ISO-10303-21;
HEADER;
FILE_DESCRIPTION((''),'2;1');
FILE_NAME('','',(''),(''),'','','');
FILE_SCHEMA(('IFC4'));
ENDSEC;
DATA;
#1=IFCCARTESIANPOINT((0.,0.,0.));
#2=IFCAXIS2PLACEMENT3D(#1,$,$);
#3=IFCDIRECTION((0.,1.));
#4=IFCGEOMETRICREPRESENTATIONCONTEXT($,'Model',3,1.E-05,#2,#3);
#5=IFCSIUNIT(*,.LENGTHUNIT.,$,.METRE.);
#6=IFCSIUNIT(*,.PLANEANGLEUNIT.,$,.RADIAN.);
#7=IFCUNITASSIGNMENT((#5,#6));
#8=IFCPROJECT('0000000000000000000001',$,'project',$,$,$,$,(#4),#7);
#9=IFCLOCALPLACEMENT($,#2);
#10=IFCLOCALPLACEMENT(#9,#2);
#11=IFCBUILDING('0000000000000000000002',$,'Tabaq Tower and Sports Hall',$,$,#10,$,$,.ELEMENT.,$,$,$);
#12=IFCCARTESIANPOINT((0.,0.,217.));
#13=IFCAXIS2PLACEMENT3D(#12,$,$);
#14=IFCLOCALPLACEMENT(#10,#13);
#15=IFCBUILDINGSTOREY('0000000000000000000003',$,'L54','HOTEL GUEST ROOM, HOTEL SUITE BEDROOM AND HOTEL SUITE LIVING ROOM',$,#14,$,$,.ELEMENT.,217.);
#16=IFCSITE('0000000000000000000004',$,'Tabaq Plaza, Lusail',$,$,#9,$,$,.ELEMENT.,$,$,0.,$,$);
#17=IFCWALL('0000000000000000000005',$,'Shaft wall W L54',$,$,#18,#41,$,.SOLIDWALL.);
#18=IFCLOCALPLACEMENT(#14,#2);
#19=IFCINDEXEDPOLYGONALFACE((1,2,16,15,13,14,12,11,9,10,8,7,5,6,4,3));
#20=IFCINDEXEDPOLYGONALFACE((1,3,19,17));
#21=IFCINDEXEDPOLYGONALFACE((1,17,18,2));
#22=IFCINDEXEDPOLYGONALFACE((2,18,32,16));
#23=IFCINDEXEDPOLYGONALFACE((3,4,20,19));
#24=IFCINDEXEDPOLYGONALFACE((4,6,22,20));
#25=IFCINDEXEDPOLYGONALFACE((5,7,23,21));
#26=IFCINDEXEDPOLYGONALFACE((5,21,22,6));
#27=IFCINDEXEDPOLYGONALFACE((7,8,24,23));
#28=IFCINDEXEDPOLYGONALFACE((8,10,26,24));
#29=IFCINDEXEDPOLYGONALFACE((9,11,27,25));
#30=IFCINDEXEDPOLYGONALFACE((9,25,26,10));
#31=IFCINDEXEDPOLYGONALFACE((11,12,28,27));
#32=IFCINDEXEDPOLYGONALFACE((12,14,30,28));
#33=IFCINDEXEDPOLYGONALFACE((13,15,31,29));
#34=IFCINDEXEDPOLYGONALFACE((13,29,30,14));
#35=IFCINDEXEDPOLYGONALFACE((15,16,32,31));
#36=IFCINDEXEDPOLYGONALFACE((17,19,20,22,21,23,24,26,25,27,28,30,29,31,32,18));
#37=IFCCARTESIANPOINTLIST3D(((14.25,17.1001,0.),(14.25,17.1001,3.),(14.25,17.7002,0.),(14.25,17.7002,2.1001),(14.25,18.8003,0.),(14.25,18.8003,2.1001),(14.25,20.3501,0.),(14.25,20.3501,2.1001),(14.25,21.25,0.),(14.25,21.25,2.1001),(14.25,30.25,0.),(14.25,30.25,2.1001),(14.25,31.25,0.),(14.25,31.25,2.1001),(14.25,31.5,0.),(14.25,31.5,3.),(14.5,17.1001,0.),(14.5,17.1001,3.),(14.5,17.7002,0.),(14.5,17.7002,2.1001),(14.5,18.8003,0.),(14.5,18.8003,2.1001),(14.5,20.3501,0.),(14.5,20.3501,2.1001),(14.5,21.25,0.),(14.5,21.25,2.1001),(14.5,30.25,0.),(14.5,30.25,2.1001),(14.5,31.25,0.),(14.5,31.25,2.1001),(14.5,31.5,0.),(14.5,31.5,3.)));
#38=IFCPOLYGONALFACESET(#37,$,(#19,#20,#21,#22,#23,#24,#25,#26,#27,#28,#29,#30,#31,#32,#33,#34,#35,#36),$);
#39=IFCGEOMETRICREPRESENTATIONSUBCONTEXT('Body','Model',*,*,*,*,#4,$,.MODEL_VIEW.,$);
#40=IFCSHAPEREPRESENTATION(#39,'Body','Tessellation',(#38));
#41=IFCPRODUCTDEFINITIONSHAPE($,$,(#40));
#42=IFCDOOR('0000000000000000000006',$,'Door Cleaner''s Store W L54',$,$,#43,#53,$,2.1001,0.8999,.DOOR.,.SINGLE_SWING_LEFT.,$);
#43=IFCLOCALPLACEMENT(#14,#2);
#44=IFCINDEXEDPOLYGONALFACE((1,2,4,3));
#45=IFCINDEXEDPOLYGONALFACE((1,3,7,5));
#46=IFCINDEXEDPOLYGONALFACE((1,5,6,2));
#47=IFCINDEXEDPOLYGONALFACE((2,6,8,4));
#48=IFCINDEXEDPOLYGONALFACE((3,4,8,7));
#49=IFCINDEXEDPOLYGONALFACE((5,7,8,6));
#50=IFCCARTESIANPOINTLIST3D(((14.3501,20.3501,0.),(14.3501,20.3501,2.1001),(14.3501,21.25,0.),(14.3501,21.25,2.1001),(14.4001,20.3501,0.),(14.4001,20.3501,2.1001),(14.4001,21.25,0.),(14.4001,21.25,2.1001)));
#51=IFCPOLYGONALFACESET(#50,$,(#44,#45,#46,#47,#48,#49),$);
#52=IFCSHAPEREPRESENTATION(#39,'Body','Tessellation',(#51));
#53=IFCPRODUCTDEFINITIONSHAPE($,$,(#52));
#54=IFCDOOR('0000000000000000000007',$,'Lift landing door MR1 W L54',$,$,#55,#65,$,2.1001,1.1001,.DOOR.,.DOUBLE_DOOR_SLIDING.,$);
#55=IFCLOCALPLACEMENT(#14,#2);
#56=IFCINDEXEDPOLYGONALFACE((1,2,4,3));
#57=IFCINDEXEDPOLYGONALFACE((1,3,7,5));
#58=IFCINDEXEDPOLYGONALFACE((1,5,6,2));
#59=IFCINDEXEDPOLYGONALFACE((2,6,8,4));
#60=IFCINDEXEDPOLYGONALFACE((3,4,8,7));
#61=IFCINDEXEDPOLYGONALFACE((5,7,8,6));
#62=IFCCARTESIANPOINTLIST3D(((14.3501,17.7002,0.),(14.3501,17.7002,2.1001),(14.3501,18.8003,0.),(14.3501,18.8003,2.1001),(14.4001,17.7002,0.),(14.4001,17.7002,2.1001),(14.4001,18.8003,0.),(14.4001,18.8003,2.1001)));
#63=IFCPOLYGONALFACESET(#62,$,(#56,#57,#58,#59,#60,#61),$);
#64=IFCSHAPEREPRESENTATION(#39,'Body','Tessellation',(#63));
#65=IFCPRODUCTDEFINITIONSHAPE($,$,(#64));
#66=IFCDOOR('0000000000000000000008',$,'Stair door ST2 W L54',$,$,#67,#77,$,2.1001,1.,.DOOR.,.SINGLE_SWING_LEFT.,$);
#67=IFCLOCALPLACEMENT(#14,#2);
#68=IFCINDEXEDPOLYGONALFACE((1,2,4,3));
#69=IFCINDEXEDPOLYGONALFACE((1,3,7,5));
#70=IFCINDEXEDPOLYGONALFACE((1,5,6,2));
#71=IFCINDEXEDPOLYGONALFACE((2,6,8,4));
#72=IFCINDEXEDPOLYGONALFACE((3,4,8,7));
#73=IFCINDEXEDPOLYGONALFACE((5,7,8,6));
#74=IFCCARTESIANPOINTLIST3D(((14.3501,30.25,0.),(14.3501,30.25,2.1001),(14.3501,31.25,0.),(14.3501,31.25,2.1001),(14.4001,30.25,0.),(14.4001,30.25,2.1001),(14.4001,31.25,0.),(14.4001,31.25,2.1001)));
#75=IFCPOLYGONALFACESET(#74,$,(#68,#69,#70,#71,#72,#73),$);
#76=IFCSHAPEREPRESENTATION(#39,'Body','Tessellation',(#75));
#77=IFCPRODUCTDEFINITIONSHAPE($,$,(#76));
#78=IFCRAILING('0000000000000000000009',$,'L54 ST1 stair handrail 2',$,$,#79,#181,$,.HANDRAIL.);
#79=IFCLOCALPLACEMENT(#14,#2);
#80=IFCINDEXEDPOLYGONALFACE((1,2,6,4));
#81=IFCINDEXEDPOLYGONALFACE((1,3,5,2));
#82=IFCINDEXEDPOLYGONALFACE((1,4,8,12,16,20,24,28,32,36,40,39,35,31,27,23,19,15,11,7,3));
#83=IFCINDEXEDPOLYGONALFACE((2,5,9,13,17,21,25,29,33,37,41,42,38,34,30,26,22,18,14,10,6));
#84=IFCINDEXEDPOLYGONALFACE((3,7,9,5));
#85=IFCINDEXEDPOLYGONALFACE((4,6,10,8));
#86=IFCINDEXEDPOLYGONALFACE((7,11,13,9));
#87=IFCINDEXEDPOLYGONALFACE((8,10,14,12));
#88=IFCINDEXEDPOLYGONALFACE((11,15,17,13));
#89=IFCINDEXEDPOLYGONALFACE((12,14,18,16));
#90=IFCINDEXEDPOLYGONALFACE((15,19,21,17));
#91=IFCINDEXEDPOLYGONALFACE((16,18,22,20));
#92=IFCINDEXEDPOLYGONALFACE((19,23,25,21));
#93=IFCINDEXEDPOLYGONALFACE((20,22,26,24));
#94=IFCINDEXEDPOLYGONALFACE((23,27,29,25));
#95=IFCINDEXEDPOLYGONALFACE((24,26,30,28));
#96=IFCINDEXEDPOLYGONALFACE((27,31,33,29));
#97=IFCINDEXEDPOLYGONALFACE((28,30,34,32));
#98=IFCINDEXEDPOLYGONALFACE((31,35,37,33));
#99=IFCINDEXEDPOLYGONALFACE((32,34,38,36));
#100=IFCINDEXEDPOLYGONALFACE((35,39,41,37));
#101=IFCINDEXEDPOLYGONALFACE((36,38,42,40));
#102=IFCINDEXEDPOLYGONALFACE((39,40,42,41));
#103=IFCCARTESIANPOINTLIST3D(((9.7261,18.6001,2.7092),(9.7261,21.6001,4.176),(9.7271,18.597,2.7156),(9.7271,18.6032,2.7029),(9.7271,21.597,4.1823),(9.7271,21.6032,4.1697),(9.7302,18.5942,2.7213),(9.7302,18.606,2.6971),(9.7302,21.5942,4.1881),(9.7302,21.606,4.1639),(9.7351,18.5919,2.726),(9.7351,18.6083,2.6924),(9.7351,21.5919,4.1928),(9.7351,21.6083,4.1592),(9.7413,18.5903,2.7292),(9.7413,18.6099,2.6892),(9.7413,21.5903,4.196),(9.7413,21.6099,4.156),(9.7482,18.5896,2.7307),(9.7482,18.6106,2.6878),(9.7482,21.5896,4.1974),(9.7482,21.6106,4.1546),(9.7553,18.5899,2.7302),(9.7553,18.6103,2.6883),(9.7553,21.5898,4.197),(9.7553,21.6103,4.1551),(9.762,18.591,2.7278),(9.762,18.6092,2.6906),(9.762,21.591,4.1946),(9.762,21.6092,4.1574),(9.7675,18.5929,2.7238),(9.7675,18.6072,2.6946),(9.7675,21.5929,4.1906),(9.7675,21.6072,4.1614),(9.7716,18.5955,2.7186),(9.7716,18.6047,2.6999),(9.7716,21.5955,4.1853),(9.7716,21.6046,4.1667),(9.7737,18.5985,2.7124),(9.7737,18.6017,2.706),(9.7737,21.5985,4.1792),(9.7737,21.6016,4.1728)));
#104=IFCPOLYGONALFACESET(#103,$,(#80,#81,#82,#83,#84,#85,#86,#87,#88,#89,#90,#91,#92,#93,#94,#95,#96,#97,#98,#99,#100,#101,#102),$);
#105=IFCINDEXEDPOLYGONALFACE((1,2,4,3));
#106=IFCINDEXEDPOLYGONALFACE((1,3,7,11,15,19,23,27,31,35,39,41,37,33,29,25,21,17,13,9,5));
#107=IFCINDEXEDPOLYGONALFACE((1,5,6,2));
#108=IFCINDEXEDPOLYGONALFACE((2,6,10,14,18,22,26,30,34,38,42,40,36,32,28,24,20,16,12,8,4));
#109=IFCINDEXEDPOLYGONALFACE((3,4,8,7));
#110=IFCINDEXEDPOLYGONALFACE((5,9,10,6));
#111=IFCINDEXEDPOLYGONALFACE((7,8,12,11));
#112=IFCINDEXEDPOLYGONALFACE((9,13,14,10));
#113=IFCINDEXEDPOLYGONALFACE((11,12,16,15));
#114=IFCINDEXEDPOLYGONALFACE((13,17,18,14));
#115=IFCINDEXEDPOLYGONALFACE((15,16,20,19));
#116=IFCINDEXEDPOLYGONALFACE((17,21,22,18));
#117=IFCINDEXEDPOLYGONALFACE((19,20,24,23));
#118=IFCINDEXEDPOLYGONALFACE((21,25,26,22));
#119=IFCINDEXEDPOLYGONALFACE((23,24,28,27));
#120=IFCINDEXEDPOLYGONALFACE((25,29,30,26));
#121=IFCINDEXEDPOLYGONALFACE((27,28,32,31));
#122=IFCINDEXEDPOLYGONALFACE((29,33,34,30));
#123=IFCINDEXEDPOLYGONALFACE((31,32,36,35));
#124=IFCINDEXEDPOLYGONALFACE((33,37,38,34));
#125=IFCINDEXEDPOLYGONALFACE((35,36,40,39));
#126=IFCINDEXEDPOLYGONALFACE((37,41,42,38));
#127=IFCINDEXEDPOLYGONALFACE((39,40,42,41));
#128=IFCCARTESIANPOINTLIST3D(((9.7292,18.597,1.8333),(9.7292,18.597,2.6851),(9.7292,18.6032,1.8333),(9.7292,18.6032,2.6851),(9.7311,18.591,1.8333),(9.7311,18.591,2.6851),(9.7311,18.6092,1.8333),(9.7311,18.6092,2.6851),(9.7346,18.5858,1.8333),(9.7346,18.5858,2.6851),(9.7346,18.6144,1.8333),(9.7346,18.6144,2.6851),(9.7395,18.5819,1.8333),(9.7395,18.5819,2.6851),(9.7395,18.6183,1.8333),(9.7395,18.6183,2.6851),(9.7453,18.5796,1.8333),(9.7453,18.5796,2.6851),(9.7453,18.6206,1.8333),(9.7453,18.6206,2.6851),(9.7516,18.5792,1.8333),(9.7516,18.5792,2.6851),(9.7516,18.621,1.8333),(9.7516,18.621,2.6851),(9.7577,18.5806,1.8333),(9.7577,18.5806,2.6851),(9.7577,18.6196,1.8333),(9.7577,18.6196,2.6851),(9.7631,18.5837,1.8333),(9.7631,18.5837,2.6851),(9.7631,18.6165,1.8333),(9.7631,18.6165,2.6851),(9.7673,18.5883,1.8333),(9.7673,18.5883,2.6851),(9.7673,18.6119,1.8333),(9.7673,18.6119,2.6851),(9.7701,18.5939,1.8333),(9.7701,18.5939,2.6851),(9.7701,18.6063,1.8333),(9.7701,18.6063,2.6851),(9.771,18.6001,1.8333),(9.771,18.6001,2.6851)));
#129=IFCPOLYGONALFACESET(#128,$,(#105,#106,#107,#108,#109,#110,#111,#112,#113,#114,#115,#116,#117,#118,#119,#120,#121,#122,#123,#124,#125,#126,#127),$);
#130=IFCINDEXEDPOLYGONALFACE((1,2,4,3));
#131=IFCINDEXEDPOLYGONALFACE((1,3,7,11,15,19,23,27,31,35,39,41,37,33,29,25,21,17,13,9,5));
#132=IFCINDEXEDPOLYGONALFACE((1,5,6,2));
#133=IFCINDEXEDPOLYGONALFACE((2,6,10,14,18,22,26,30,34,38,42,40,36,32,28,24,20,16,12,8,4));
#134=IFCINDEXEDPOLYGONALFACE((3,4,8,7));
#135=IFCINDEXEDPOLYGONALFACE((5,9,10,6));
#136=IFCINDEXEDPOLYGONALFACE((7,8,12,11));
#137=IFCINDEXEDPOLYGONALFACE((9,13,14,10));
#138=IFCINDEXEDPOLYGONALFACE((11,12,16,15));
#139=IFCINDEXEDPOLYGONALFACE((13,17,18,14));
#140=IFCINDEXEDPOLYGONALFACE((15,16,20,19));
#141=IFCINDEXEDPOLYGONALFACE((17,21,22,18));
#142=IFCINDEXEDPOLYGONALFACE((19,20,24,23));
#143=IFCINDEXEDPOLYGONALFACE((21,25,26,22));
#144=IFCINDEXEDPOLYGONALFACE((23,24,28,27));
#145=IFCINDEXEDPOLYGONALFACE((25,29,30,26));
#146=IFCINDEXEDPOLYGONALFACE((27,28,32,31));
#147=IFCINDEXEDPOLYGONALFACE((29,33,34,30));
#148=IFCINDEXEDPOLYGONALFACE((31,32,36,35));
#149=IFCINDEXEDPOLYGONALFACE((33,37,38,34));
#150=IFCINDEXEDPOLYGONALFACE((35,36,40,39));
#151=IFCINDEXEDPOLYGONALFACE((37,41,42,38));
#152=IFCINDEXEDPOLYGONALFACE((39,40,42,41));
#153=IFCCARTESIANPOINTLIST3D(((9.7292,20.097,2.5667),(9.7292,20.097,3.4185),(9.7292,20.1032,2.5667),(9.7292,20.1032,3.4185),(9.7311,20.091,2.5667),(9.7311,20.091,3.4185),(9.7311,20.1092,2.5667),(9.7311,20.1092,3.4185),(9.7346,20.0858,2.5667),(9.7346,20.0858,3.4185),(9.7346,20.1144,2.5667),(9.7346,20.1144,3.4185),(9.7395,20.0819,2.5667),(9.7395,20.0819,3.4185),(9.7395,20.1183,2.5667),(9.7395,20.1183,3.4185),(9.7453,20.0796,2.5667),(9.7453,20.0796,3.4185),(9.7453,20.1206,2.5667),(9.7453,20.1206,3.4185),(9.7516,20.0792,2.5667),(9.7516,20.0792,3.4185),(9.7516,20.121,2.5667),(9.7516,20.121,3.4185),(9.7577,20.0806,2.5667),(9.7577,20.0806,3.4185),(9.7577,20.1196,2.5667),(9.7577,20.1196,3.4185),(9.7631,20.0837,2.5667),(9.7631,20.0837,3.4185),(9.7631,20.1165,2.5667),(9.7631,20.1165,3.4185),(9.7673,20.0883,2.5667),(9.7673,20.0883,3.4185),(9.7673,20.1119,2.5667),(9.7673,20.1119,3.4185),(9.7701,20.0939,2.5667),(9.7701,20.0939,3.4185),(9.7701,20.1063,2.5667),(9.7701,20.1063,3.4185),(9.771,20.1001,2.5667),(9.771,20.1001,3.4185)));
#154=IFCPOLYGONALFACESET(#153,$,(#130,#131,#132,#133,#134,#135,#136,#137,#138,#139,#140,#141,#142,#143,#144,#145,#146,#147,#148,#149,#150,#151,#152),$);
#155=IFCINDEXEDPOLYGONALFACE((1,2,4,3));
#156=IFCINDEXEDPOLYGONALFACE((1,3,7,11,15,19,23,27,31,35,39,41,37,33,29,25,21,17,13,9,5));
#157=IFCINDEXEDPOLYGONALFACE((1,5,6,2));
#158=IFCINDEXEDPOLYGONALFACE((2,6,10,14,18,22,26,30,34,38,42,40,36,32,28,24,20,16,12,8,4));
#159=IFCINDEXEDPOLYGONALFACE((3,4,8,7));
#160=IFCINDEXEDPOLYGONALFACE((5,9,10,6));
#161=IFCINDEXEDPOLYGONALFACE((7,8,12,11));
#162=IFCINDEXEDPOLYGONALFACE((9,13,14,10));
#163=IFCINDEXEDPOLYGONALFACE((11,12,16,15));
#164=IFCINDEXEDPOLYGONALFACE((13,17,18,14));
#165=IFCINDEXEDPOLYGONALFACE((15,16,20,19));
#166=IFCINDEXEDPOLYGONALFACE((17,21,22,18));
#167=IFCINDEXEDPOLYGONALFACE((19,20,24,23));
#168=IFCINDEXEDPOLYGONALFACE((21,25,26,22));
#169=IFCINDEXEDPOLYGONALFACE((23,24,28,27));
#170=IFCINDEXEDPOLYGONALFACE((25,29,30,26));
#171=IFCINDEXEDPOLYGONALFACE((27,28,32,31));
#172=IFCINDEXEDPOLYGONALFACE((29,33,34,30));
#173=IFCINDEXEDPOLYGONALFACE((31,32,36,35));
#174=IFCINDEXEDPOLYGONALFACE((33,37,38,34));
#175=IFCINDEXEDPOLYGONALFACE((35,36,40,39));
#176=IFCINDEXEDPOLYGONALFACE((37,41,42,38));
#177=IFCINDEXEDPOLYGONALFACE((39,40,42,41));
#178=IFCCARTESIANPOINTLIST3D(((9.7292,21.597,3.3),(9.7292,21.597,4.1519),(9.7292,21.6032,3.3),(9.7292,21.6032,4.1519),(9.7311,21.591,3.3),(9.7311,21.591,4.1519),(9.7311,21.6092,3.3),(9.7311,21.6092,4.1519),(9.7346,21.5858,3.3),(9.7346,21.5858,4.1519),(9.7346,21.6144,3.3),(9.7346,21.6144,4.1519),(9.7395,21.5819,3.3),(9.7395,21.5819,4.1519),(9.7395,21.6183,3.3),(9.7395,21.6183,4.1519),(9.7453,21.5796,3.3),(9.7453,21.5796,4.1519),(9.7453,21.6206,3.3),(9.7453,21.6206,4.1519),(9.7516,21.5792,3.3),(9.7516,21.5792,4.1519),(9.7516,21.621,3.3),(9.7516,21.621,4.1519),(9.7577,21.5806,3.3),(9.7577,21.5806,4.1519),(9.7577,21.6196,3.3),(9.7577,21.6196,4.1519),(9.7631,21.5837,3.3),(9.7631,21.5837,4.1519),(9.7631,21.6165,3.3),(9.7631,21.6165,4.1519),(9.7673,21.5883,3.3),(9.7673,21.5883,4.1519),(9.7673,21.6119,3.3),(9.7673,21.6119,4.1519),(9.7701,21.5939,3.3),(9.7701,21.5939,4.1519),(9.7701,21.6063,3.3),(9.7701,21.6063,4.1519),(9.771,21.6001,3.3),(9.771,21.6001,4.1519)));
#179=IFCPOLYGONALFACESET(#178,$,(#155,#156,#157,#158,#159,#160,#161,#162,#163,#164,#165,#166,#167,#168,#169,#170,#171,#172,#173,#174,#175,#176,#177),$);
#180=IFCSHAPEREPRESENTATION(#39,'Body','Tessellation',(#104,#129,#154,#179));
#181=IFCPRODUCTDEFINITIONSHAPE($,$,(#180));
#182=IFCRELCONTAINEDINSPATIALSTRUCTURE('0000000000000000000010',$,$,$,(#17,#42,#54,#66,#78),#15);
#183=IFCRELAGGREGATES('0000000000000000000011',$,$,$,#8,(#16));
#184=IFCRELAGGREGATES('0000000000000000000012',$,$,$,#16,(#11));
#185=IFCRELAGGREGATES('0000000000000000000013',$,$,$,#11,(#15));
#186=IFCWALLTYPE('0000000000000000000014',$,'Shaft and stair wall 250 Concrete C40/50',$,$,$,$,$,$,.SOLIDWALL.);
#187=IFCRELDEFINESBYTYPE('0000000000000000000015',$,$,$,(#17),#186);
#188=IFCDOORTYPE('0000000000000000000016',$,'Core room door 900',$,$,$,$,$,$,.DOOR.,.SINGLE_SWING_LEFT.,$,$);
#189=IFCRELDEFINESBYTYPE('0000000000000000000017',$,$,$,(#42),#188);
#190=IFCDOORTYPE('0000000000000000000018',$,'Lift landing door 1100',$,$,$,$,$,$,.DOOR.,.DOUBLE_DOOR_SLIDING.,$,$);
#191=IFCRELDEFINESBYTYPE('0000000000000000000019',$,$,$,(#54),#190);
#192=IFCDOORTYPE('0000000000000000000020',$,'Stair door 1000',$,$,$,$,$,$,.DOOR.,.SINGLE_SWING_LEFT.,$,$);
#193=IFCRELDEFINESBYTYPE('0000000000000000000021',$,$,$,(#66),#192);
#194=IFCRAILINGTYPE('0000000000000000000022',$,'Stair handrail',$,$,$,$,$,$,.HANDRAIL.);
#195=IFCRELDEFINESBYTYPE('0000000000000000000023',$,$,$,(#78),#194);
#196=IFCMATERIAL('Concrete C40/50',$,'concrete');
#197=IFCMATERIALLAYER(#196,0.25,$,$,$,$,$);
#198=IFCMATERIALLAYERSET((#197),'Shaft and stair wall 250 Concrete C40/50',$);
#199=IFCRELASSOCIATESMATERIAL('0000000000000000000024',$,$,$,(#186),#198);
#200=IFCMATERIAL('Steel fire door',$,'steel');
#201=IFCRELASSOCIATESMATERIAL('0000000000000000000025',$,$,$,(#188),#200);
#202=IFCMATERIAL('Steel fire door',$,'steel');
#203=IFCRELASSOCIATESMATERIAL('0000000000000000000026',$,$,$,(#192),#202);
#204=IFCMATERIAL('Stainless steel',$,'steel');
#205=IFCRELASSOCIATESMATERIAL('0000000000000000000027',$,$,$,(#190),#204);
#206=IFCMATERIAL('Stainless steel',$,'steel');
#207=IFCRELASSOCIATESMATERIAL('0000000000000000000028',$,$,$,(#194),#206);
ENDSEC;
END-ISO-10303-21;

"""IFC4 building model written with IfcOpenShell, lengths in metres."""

from ifc_helpers import new_model, si_unit, direction, frame, frame_2d, origin, origin_2d, place, context, subcontext, project, spatial, rectangle, circle, extrude, material, layer, layer_set, type_object, element, fill, save


model = new_model("IFC4")

# Units and contexts
model_context = context("Model", 3, precision=1e-05, world=origin(), true_north=direction((0.0, 1.0)))
body_context = subcontext(model_context, "Body", "Model", "MODEL_VIEW")
ifc_project = project(units=[si_unit("LENGTHUNIT", "METRE"), si_unit("PLANEANGLEUNIT", "RADIAN")], contexts=[model_context])

# Site, building, storey
site_placement = place(None, origin())
site = spatial("IfcSite", under=ifc_project, at=site_placement, Name="Tabaq Plaza, Lusail", CompositionType="ELEMENT", RefElevation=0.0)
building_placement = place(site_placement, origin())
building = spatial("IfcBuilding", under=site, at=building_placement, Name="Tabaq Tower and Sports Hall", CompositionType="ELEMENT")
storey_placement = place(building_placement, frame((0.0, 0.0, 217.0)))
storey = spatial("IfcBuildingStorey", under=building, at=storey_placement, Name="L54", Description="HOTEL GUEST ROOM, HOTEL SUITE BEDROOM AND HOTEL SUITE LIVING ROOM", CompositionType="ELEMENT", Elevation=217.0)

# Wall, openings, doors
ifc_material_1 = material(Name="Concrete C40/50", Category="concrete")
ifc_layer_1 = layer(ifc_material_1, 0.25)
ifc_layer_set_1 = layer_set([ifc_layer_1], Name="Shaft and stair wall 250 Concrete C40/50")
wall_type_1 = type_object("IfcWallType", Name="Shaft and stair wall 250 Concrete C40/50", PredefinedType="SOLIDWALL", material=ifc_layer_set_1)
ifc_material_2 = material(Name="Steel fire door", Category="steel")
door_type_1 = type_object("IfcDoorType", Name="Core room door 900", OperationType="SINGLE_SWING_LEFT", PredefinedType="DOOR", material=ifc_material_2)
ifc_material_3 = material(Name="Steel fire door", Category="steel")
door_type_2 = type_object("IfcDoorType", Name="Stair door 1000", OperationType="SINGLE_SWING_LEFT", PredefinedType="DOOR", material=ifc_material_3)
wall_1_placement = place(storey_placement, frame((14.375, 17.1001, 0.0), z_axis=(0.0, 0.0, 1.0), x_axis=(0.0, 1.0, 0.0)))
wall_1 = element("IfcWall", 1, at=wall_1_placement, inside=storey, type_object=wall_type_1, Name="Shaft wall W L54", PredefinedType="SOLIDWALL", context=body_context, shape_type="SweptSolid", body=[
    extrude(rectangle(XDim=14.3999, YDim=0.25, at=frame_2d((7.2, 0.0))), origin(), (0.0, 0.0, 1.0), 3.0),
])
opening_1_placement = place(wall_1_placement, frame((13.1499, 0.0, 0.0)))
opening_1 = element("IfcOpeningElement", 2, at=opening_1_placement, cuts=wall_1, PredefinedType="OPENING", context=body_context, shape_type="SweptSolid", body=[
    extrude(rectangle(XDim=1.0, YDim=2.1001, at=frame_2d((0.5, 1.05))), frame((0.0, 0.125, 0.0), z_axis=(0.0, -1.0, 0.0), x_axis=(1.0, 0.0, 0.0)), (0.0, 0.0, 1.0), 0.25),
])
opening_2_placement = place(wall_1_placement, frame((0.6001, 0.0, 0.0)))
opening_2 = element("IfcOpeningElement", 3, at=opening_2_placement, cuts=wall_1, PredefinedType="OPENING", context=body_context, shape_type="SweptSolid", body=[
    extrude(rectangle(XDim=1.1001, YDim=2.1001, at=frame_2d((0.55, 1.05))), frame((0.0, 0.125, 0.0), z_axis=(0.0, -1.0, 0.0), x_axis=(1.0, 0.0, 0.0)), (0.0, 0.0, 1.0), 0.25),
])
opening_3_placement = place(wall_1_placement, frame((3.25, 0.0, 0.0)))
opening_3 = element("IfcOpeningElement", 4, at=opening_3_placement, cuts=wall_1, PredefinedType="OPENING", context=body_context, shape_type="SweptSolid", body=[
    extrude(rectangle(XDim=0.8999, YDim=2.1001, at=frame_2d((0.45, 1.05))), frame((0.0, 0.125, 0.0), z_axis=(0.0, -1.0, 0.0), x_axis=(1.0, 0.0, 0.0)), (0.0, 0.0, 1.0), 0.25),
])
door_1_placement = place(opening_3_placement, origin())
door_1 = element("IfcDoor", 5, at=door_1_placement, inside=storey, type_object=door_type_1, Name="Door Cleaner's Store W L54", OperationType="SINGLE_SWING_LEFT", OverallHeight=2.1001, OverallWidth=0.8999, PredefinedType="DOOR", context=body_context, shape_type="SweptSolid", body=[
    extrude(rectangle(XDim=0.8999, YDim=2.1001, at=frame_2d((0.45, 1.05))), frame((0.0, 0.0249, 0.0), z_axis=(0.0, -1.0, 0.0), x_axis=(1.0, 0.0, 0.0)), (0.0, 0.0, 1.0), 0.05),
])
fill(opening_3, door_1)
ifc_material_4 = material(Name="Stainless steel", Category="steel")
door_type_3 = type_object("IfcDoorType", Name="Lift landing door 1100", OperationType="DOUBLE_DOOR_SLIDING", PredefinedType="DOOR", material=ifc_material_4)
door_2_placement = place(opening_2_placement, origin())
door_2 = element("IfcDoor", 6, at=door_2_placement, inside=storey, type_object=door_type_3, Name="Lift landing door MR1 W L54", OperationType="DOUBLE_DOOR_SLIDING", OverallHeight=2.1001, OverallWidth=1.1001, PredefinedType="DOOR", context=body_context, shape_type="SweptSolid", body=[
    extrude(rectangle(XDim=1.1001, YDim=2.1001, at=frame_2d((0.55, 1.05))), frame((0.0, 0.0249, 0.0), z_axis=(0.0, -1.0, 0.0), x_axis=(1.0, 0.0, 0.0)), (0.0, 0.0, 1.0), 0.05),
])
fill(opening_2, door_2)
door_3_placement = place(opening_1_placement, origin())
door_3 = element("IfcDoor", 7, at=door_3_placement, inside=storey, type_object=door_type_2, Name="Stair door ST2 W L54", OperationType="SINGLE_SWING_LEFT", OverallHeight=2.1001, OverallWidth=1.0, PredefinedType="DOOR", context=body_context, shape_type="SweptSolid", body=[
    extrude(rectangle(XDim=1.0, YDim=2.1001, at=frame_2d((0.5, 1.05))), frame((0.0, 0.0249, 0.0), z_axis=(0.0, -1.0, 0.0), x_axis=(1.0, 0.0, 0.0)), (0.0, 0.0, 1.0), 0.05),
])
fill(opening_1, door_3)

# Railing
ifc_material_5 = material(Name="Stainless steel", Category="steel")
railing_type = type_object("IfcRailingType", Name="Stair handrail", PredefinedType="HANDRAIL", material=ifc_material_5)
railing_placement = place(storey_placement, frame((9.75, 18.6001, 1.8333)))
element("IfcRailing", 8, at=railing_placement, inside=storey, type_object=railing_type, Name="L54 ST1 stair handrail 2", PredefinedType="HANDRAIL", context=body_context, shape_type="SweptSolid", body=[
    extrude(circle(Radius=0.0239, at=origin_2d()), frame((0.0, 0.0, 0.876), z_axis=(0.0, 0.898369, 0.439242), x_axis=(-1.0, 0.0, 0.0)), (0.0, 0.0, 1.0), 3.3394),
    extrude(circle(Radius=0.021, at=origin_2d()), origin(), (0.0, 0.0, 1.0), 0.8518),
    extrude(circle(Radius=0.021, at=origin_2d()), frame((0.0, 1.5, 0.7334)), (0.0, 0.0, 1.0), 0.8518),
    extrude(circle(Radius=0.021, at=origin_2d()), frame((0.0, 3.0, 1.4668)), (0.0, 0.0, 1.0), 0.8518),
])

save(model, "model.ifc")
